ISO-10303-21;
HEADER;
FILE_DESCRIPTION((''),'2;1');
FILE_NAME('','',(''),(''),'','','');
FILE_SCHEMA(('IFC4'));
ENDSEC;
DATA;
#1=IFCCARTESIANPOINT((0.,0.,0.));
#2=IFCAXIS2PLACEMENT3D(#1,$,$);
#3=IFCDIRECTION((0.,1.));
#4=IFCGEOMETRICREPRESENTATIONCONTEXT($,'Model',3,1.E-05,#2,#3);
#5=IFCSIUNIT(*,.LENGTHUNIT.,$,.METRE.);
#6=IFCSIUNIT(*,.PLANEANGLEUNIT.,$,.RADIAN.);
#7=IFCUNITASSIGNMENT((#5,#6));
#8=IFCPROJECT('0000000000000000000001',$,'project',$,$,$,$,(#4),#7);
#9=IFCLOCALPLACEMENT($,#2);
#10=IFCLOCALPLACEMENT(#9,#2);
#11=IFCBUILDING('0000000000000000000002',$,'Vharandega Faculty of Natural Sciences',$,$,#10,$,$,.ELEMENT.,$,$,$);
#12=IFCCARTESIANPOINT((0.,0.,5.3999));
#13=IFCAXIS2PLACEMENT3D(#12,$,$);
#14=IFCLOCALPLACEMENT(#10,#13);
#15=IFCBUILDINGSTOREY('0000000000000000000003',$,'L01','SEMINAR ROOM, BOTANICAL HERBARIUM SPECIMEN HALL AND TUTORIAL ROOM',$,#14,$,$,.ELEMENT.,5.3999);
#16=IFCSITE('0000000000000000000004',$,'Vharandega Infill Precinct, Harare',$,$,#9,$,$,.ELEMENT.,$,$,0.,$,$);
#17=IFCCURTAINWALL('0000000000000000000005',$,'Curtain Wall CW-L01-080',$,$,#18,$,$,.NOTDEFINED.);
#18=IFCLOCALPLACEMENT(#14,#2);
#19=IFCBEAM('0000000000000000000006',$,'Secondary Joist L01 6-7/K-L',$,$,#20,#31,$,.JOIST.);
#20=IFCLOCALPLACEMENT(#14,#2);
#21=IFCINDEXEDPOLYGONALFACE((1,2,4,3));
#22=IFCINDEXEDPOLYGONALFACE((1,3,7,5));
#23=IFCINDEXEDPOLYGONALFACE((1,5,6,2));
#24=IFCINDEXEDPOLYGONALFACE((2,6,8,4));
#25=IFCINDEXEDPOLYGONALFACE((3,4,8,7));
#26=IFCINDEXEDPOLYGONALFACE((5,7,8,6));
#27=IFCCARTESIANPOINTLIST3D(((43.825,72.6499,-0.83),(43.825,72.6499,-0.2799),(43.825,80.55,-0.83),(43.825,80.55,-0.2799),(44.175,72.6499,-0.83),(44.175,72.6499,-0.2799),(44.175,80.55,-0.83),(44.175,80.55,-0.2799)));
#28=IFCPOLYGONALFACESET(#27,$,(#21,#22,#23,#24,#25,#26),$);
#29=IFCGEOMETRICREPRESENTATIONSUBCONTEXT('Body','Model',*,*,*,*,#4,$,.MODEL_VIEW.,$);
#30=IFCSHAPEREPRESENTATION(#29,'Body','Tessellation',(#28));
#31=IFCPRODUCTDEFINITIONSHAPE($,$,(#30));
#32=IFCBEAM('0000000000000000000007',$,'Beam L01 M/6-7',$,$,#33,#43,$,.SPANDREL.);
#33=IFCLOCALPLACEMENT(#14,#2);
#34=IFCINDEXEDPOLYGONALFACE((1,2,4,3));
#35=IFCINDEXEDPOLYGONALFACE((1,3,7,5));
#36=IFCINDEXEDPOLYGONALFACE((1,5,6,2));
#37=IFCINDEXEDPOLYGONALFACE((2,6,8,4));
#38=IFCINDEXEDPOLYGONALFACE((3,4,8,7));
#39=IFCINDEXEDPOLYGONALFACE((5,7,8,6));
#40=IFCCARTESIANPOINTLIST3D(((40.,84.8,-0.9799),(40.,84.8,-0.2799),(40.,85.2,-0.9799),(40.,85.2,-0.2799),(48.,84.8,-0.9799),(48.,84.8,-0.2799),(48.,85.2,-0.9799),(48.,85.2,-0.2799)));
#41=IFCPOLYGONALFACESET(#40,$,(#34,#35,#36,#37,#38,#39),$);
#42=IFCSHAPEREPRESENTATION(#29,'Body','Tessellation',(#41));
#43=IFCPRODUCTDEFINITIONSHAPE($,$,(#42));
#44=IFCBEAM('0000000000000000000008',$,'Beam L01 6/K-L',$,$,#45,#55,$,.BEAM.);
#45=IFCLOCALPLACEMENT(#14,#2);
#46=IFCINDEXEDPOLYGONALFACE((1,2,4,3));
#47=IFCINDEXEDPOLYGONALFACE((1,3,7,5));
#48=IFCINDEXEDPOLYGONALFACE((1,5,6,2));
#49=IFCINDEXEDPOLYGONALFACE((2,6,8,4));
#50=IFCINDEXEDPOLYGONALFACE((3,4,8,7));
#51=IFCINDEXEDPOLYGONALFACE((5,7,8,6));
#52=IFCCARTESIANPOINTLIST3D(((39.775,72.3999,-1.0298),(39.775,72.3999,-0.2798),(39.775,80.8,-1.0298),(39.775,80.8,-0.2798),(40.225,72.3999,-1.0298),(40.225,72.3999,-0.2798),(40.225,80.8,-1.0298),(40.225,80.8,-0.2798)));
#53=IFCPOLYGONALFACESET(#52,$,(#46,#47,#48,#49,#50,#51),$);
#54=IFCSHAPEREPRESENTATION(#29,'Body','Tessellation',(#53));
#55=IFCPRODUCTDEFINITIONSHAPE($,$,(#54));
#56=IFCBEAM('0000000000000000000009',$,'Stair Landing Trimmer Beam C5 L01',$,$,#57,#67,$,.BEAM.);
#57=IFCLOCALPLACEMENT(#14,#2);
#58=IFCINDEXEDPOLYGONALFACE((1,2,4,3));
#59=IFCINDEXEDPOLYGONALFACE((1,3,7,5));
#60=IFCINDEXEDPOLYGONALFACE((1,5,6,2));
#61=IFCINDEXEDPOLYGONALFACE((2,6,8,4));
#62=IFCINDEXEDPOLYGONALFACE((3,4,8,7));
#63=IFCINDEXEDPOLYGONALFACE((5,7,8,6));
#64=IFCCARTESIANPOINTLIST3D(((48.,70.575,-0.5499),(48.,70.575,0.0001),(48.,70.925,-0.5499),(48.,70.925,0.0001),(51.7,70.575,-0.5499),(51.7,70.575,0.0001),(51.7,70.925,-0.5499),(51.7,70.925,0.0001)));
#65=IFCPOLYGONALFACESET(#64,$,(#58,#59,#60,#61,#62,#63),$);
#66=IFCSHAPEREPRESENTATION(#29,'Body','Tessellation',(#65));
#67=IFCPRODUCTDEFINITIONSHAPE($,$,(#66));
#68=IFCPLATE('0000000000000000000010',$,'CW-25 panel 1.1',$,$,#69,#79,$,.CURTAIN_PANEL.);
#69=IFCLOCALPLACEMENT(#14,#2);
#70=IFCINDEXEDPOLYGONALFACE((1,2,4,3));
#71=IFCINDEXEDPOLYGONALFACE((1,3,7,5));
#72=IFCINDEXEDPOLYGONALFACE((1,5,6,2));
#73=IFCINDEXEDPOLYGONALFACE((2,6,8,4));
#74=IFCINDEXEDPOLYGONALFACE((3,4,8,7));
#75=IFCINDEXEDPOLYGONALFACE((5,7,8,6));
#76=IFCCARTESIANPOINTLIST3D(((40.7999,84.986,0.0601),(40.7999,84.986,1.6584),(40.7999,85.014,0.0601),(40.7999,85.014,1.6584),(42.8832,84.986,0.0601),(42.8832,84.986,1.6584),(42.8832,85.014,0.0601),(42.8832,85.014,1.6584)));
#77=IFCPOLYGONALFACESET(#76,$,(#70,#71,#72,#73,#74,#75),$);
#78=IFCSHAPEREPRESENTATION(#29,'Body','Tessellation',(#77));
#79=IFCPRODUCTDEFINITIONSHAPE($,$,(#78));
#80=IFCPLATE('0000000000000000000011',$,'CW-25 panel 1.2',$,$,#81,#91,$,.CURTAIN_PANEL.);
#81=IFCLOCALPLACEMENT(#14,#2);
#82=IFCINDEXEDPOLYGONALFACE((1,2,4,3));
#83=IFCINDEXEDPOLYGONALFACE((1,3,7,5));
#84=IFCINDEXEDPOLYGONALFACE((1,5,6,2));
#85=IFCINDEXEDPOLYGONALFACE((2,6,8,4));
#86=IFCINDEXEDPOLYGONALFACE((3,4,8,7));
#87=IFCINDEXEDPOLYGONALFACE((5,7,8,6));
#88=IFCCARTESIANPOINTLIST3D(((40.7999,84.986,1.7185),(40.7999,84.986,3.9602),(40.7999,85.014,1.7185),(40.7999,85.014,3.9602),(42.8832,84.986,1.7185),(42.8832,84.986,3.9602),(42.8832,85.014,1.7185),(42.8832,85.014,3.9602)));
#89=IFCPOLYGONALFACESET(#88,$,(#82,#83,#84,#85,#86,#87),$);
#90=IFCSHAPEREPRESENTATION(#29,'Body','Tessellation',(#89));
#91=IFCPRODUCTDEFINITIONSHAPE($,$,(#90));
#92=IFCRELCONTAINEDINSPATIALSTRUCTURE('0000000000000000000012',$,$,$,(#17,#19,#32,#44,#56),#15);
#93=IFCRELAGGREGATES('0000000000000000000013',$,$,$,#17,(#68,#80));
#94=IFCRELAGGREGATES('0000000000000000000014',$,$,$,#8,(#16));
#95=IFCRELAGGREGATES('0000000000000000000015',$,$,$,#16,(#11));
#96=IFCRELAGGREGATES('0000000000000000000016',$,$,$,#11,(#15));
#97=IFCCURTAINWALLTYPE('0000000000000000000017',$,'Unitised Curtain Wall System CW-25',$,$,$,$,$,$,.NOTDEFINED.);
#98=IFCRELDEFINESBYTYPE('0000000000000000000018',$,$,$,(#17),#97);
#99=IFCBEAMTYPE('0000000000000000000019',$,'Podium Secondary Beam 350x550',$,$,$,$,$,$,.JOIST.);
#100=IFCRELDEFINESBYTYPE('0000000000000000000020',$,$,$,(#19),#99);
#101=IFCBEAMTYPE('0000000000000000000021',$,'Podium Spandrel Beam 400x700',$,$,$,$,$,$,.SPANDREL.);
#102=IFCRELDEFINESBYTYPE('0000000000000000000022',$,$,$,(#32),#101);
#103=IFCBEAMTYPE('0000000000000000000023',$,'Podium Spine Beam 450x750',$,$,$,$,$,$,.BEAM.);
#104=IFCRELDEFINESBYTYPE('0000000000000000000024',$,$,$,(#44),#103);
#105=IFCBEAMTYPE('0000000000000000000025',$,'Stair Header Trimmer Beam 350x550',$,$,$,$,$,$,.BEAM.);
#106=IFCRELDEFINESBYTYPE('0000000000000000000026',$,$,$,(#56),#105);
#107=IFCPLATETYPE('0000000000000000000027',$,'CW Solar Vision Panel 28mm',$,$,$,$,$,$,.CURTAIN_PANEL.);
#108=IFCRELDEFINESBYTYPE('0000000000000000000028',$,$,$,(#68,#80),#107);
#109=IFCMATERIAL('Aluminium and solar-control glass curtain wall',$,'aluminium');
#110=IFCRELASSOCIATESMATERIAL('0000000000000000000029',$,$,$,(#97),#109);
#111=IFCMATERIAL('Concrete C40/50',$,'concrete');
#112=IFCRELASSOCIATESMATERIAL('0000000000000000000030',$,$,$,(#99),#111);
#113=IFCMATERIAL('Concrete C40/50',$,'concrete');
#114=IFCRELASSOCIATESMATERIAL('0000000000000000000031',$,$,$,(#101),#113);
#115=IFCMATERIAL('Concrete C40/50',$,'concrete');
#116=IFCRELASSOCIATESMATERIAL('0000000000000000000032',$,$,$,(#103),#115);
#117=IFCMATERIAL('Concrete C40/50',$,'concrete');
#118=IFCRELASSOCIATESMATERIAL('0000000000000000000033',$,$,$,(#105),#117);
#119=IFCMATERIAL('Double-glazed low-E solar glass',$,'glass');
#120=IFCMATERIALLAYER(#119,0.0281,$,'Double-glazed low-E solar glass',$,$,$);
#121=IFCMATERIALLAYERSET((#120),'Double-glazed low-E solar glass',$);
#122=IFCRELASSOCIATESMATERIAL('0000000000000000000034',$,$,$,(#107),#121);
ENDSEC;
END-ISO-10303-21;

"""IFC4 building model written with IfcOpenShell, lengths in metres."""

from ifc_helpers import new_model, si_unit, direction, frame, origin, origin_2d, place, context, subcontext, project, spatial, rectangle, extrude, material, layer, layer_set, material_profile, profile_set, type_object, element, aggregate, save


model = new_model("IFC4")

# Units and contexts
model_context = context("Model", 3, precision=1e-05, world=origin(), true_north=direction((0.0, 1.0)))
body_context = subcontext(model_context, "Body", "Model", "MODEL_VIEW")
ifc_project = project(units=[si_unit("LENGTHUNIT", "METRE"), si_unit("PLANEANGLEUNIT", "RADIAN")], contexts=[model_context])

# Site, building, storey
site_placement = place(None, origin())
site = spatial("IfcSite", under=ifc_project, at=site_placement, Name="Vharandega Infill Precinct, Harare", CompositionType="ELEMENT", RefElevation=0.0)
building_placement = place(site_placement, origin())
building = spatial("IfcBuilding", under=site, at=building_placement, Name="Vharandega Faculty of Natural Sciences", CompositionType="ELEMENT")
storey_placement = place(building_placement, frame((0.0, 0.0, 5.3999)))
storey = spatial("IfcBuildingStorey", under=building, at=storey_placement, Name="L01", Description="SEMINAR ROOM, BOTANICAL HERBARIUM SPECIMEN HALL AND TUTORIAL ROOM", CompositionType="ELEMENT", Elevation=5.3999)

# Curtain wall
ifc_material_1 = material(Name="Aluminium and solar-control glass curtain wall", Category="aluminium")
curtain_wall_type = type_object("IfcCurtainWallType", Name="Unitised Curtain Wall System CW-25", PredefinedType="NOTDEFINED", material=ifc_material_1)
curtain_wall_placement = place(storey_placement, origin())
curtain_wall = element("IfcCurtainWall", 1, at=curtain_wall_placement, inside=storey, type_object=curtain_wall_type, Name="Curtain Wall CW-L01-080", PredefinedType="NOTDEFINED")

# Beams
ifc_material_2 = material(Name="Concrete C40/50", Category="concrete")
ifc_material_profile_1 = material_profile(ifc_material_2, rectangle(XDim=0.3501, YDim=0.55, at=origin_2d()), Name="RC 350x550")
ifc_profile_set_1 = profile_set([ifc_material_profile_1], Name="Concrete C40/50")
beam_type_1 = type_object("IfcBeamType", Name="Podium Secondary Beam 350x550", PredefinedType="JOIST", material=ifc_profile_set_1)
beam_1_placement = place(storey_placement, frame((44.0, 72.6499, -0.5549), z_axis=(0.0, 1.0, 0.0), x_axis=(-1.0, 0.0, 0.0)))
element("IfcBeam", 2, at=beam_1_placement, inside=storey, type_object=beam_type_1, Name="Secondary Joist L01 6-7/K-L", PredefinedType="JOIST", context=body_context, shape_type="SweptSolid", body=[
    extrude(rectangle(XDim=0.3501, YDim=0.55, at=origin_2d()), origin(), (0.0, 0.0, 1.0), 7.9001),
])
ifc_material_3 = material(Name="Concrete C40/50", Category="concrete")
ifc_material_profile_2 = material_profile(ifc_material_3, rectangle(XDim=0.3999, YDim=0.7, at=origin_2d()), Name="RC 400x700")
ifc_profile_set_2 = profile_set([ifc_material_profile_2], Name="Concrete C40/50")
beam_type_2 = type_object("IfcBeamType", Name="Podium Spandrel Beam 400x700", PredefinedType="SPANDREL", material=ifc_profile_set_2)
beam_2_placement = place(storey_placement, frame((40.0, 85.0, -0.6299), z_axis=(1.0, 0.0, 0.0), x_axis=(0.0, 1.0, 0.0)))
element("IfcBeam", 3, at=beam_2_placement, inside=storey, type_object=beam_type_2, Name="Beam L01 M/6-7", PredefinedType="SPANDREL", context=body_context, shape_type="SweptSolid", body=[
    extrude(rectangle(XDim=0.3999, YDim=0.7, at=origin_2d()), origin(), (0.0, 0.0, 1.0), 8.0),
])
ifc_material_4 = material(Name="Concrete C40/50", Category="concrete")
ifc_material_profile_3 = material_profile(ifc_material_4, rectangle(XDim=0.45, YDim=0.75, at=origin_2d()), Name="RC 450x750")
ifc_profile_set_3 = profile_set([ifc_material_profile_3], Name="Concrete C40/50")
beam_type_3 = type_object("IfcBeamType", Name="Podium Spine Beam 450x750", PredefinedType="BEAM", material=ifc_profile_set_3)
beam_3_placement = place(storey_placement, frame((40.0, 72.3999, -0.6548), z_axis=(0.0, 1.0, 0.0), x_axis=(-1.0, 0.0, 0.0)))
element("IfcBeam", 4, at=beam_3_placement, inside=storey, type_object=beam_type_3, Name="Beam L01 6/K-L", PredefinedType="BEAM", context=body_context, shape_type="SweptSolid", body=[
    extrude(rectangle(XDim=0.45, YDim=0.75, at=origin_2d()), origin(), (0.0, 0.0, 1.0), 8.4001),
])
ifc_material_5 = material(Name="Concrete C40/50", Category="concrete")
ifc_material_profile_4 = material_profile(ifc_material_5, rectangle(XDim=0.3501, YDim=0.55, at=origin_2d()), Name="RC 350x550")
ifc_profile_set_4 = profile_set([ifc_material_profile_4], Name="Concrete C40/50")
beam_type_4 = type_object("IfcBeamType", Name="Stair Header Trimmer Beam 350x550", PredefinedType="BEAM", material=ifc_profile_set_4)
beam_4_placement = place(storey_placement, frame((48.0, 70.75, -0.2749), z_axis=(1.0, 0.0, 0.0), x_axis=(0.0, 1.0, 0.0)))
element("IfcBeam", 5, at=beam_4_placement, inside=storey, type_object=beam_type_4, Name="Stair Landing Trimmer Beam C5 L01", PredefinedType="BEAM", context=body_context, shape_type="SweptSolid", body=[
    extrude(rectangle(XDim=0.3501, YDim=0.55, at=origin_2d()), origin(), (0.0, 0.0, 1.0), 3.7),
])

# Plates
ifc_material_6 = material(Name="Double-glazed low-E solar glass", Category="glass")
ifc_layer = layer(ifc_material_6, 0.0281, Name="Double-glazed low-E solar glass")
ifc_layer_set = layer_set([ifc_layer], Name="Double-glazed low-E solar glass")
plate_type = type_object("IfcPlateType", Name="CW Solar Vision Panel 28mm", PredefinedType="CURTAIN_PANEL", material=ifc_layer_set)
plate_1_placement = place(storey_placement, frame((41.8416, 85.0, 0.0601), z_axis=(0.0, 0.0, 1.0), x_axis=(1.0, 0.0, 0.0)))
plate_1 = element("IfcPlate", 6, at=plate_1_placement, type_object=plate_type, Name="CW-25 panel 1.1", PredefinedType="CURTAIN_PANEL", context=body_context, shape_type="SweptSolid", body=[
    extrude(rectangle(XDim=2.0833, YDim=0.0281, at=origin_2d()), origin(), (0.0, 0.0, 1.0), 1.5984),
])
plate_2_placement = place(storey_placement, frame((41.8416, 85.0, 1.7185), z_axis=(0.0, 0.0, 1.0), x_axis=(1.0, 0.0, 0.0)))
plate_2 = element("IfcPlate", 7, at=plate_2_placement, type_object=plate_type, Name="CW-25 panel 1.2", PredefinedType="CURTAIN_PANEL", context=body_context, shape_type="SweptSolid", body=[
    extrude(rectangle(XDim=2.0833, YDim=0.0281, at=origin_2d()), origin(), (0.0, 0.0, 1.0), 2.2417),
])
aggregate(curtain_wall, [plate_1, plate_2])

save(model, "model.ifc")
